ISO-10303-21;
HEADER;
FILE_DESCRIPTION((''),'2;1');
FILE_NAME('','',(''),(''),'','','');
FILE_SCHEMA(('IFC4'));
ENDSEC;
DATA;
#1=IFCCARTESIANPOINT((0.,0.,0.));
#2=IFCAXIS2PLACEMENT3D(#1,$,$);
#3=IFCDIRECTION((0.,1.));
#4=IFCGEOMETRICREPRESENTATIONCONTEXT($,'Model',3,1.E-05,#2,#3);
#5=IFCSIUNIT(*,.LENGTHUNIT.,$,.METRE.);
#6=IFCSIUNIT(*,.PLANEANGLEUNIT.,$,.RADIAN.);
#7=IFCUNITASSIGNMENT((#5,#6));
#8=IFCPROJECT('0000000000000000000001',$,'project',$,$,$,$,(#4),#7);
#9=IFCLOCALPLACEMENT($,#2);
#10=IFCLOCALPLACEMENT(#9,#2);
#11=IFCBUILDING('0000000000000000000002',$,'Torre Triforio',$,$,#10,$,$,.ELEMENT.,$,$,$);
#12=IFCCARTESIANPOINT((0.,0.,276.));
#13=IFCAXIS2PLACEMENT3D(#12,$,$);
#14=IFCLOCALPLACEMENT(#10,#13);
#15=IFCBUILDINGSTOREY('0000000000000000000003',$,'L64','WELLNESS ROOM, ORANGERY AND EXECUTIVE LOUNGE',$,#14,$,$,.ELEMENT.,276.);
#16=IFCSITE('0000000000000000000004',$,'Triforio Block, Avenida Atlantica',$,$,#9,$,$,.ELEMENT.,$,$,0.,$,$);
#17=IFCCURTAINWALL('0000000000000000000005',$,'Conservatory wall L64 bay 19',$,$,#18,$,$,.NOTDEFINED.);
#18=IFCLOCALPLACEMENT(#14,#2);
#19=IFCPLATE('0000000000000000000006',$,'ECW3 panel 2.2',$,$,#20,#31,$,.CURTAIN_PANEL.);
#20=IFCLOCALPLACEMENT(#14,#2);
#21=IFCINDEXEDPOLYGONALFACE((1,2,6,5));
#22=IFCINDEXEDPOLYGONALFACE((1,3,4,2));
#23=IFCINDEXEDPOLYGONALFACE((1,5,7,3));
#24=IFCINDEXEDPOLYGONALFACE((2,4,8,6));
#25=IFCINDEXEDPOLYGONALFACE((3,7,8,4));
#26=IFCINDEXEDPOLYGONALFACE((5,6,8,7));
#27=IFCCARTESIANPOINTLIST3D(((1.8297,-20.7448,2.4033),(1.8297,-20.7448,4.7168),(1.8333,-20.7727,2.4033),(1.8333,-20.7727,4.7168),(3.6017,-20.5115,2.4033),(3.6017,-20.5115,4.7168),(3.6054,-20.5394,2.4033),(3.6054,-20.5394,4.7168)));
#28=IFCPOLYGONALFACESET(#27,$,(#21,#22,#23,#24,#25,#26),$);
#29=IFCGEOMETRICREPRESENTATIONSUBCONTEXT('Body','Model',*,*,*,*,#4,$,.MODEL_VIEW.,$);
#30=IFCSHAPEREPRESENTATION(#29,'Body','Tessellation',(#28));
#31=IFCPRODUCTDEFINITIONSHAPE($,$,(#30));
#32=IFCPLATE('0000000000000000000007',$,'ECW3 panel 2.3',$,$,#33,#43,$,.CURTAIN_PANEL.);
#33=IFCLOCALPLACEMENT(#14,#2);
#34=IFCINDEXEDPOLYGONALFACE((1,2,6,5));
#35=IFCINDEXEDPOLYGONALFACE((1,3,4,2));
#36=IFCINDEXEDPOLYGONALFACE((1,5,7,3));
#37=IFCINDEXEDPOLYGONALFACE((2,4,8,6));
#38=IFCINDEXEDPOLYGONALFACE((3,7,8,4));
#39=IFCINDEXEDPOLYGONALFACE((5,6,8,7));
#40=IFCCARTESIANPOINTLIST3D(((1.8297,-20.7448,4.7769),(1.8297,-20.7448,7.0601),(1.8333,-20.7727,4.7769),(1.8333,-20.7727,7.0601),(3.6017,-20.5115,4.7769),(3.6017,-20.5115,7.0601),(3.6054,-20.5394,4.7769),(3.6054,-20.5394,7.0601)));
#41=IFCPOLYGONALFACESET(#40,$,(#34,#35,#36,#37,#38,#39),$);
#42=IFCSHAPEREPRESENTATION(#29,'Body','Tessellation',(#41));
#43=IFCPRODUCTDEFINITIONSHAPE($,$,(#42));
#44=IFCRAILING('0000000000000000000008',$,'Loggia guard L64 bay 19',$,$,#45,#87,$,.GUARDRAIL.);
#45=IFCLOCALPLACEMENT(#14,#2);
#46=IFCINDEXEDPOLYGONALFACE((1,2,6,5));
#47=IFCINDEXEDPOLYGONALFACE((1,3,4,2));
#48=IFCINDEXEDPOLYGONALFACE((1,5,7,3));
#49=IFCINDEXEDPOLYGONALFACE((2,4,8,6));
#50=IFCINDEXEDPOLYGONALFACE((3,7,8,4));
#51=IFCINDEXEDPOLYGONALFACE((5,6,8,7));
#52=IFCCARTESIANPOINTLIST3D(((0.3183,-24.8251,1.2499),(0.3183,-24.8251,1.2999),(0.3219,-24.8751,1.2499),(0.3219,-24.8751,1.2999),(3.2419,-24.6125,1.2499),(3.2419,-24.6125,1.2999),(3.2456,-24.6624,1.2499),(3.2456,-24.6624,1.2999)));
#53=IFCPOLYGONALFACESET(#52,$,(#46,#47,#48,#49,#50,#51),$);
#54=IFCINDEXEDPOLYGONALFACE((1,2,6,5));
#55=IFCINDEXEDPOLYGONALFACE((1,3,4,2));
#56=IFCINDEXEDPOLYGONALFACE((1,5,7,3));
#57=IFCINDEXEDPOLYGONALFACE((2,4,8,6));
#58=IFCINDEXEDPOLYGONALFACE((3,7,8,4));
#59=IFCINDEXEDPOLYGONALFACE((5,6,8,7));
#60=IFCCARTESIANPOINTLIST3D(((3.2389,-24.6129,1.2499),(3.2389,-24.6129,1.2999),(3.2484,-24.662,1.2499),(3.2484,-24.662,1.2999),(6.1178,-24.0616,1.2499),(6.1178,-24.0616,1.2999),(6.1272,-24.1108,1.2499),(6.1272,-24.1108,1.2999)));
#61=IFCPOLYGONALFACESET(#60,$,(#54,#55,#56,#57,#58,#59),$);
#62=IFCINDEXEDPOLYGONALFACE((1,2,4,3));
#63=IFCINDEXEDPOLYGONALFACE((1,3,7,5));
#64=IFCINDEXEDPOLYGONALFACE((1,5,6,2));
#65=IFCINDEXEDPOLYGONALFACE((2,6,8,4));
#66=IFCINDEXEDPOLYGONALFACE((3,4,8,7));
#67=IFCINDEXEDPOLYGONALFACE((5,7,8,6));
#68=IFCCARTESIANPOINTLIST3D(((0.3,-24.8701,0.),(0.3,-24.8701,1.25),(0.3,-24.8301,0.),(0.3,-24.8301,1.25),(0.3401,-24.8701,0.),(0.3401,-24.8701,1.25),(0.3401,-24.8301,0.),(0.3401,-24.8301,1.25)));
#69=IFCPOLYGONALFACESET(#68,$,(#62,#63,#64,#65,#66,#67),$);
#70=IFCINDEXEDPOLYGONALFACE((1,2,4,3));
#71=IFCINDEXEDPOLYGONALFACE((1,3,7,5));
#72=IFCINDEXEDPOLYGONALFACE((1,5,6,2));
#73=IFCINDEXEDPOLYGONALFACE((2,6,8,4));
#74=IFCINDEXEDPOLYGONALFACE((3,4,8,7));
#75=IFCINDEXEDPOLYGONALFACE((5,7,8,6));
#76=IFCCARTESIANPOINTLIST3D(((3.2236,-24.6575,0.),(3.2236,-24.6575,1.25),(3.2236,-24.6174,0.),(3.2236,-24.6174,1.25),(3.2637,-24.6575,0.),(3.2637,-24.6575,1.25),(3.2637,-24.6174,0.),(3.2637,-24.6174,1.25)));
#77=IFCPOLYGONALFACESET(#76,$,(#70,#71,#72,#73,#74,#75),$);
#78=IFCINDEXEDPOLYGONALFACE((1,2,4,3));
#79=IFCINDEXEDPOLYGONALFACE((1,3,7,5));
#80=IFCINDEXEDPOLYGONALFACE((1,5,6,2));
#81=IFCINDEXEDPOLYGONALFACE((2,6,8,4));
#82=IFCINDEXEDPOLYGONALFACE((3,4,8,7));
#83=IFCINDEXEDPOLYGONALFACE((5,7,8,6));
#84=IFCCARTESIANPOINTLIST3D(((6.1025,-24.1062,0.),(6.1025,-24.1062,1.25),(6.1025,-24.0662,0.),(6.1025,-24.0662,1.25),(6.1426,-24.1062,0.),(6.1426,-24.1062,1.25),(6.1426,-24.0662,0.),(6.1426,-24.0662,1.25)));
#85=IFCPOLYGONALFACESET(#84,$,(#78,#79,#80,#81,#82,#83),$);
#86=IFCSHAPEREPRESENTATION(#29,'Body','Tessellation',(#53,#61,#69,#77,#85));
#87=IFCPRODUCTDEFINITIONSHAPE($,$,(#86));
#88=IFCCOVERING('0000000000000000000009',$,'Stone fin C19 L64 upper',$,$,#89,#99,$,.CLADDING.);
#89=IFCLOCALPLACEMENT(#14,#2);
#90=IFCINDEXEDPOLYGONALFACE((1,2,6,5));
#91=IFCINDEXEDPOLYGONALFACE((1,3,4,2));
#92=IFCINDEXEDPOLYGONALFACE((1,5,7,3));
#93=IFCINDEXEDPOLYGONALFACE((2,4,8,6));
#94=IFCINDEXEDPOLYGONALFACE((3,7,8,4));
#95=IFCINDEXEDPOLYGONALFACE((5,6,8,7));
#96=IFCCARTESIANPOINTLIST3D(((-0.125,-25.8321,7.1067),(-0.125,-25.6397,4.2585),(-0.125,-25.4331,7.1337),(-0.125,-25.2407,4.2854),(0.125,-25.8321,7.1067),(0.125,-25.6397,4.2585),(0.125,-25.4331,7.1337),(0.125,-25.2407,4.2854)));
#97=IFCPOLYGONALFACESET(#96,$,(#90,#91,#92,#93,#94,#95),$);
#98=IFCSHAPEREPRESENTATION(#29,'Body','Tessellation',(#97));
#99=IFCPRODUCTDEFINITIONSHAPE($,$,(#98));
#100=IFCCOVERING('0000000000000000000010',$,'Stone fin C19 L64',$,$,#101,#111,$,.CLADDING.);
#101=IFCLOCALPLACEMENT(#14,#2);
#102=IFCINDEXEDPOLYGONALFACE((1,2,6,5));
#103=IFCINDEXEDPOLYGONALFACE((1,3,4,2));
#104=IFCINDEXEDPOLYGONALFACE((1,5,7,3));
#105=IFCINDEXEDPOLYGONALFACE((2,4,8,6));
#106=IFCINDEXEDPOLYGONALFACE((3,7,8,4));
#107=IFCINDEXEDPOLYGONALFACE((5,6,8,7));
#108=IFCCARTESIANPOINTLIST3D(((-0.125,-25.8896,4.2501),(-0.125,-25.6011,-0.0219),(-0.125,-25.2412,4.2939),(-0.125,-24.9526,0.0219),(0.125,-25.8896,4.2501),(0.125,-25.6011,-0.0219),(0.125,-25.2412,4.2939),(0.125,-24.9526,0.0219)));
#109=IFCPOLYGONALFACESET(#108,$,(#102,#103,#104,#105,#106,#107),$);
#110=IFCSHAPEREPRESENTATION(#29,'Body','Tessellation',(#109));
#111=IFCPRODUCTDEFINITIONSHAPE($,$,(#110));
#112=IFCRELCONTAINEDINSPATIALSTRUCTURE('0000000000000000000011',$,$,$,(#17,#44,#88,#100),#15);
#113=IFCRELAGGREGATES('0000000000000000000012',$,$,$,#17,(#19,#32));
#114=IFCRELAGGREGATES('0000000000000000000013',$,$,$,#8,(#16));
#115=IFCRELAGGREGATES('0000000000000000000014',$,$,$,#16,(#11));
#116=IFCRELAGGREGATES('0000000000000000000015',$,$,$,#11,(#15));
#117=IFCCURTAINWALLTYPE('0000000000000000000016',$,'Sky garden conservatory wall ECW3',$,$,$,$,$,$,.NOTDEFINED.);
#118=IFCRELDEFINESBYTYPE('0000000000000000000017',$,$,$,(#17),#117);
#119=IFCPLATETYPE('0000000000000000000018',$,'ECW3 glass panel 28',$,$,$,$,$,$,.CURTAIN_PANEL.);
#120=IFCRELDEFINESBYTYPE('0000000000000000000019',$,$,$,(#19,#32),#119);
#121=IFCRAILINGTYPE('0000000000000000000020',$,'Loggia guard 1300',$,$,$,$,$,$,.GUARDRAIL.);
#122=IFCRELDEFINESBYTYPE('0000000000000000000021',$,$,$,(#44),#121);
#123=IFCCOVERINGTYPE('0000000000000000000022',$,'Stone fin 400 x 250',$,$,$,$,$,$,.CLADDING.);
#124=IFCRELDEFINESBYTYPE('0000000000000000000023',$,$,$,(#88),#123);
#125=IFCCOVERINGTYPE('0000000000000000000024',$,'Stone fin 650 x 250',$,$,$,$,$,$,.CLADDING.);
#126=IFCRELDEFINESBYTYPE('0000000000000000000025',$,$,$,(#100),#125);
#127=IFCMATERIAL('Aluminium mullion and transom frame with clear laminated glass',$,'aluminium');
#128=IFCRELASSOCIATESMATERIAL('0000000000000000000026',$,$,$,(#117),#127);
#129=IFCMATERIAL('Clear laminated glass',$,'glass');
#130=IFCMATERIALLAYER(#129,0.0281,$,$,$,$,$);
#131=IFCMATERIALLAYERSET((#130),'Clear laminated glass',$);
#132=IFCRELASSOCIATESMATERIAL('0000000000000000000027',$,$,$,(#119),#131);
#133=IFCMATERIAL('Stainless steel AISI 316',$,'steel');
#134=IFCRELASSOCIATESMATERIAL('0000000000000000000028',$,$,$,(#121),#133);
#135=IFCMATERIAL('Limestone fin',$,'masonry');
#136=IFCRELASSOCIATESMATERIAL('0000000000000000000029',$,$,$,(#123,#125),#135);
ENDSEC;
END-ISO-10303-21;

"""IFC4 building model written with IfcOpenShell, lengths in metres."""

from ifc_helpers import new_model, si_unit, direction, frame, origin, origin_2d, place, context, subcontext, project, spatial, rectangle, extrude, material, layer, layer_set, material_profile, profile_set, type_object, element, aggregate, save


model = new_model("IFC4")

# Units and contexts
model_context = context("Model", 3, precision=1e-05, world=origin(), true_north=direction((0.0, 1.0)))
body_context = subcontext(model_context, "Body", "Model", "MODEL_VIEW")
ifc_project = project(units=[si_unit("LENGTHUNIT", "METRE"), si_unit("PLANEANGLEUNIT", "RADIAN")], contexts=[model_context])

# Site, building, storey
site_placement = place(None, origin())
site = spatial("IfcSite", under=ifc_project, at=site_placement, Name="Triforio Block, Avenida Atlantica", CompositionType="ELEMENT", RefElevation=0.0)
building_placement = place(site_placement, origin())
building = spatial("IfcBuilding", under=site, at=building_placement, Name="Torre Triforio", CompositionType="ELEMENT")
storey_placement = place(building_placement, frame((0.0, 0.0, 276.0)))
storey = spatial("IfcBuildingStorey", under=building, at=storey_placement, Name="L64", Description="WELLNESS ROOM, ORANGERY AND EXECUTIVE LOUNGE", CompositionType="ELEMENT", Elevation=276.0)

# Curtain wall, plates
ifc_material_1 = material(Name="Aluminium mullion and transom frame with clear laminated glass", Category="aluminium")
curtain_wall_type = type_object("IfcCurtainWallType", Name="Sky garden conservatory wall ECW3", PredefinedType="NOTDEFINED", material=ifc_material_1)
curtain_wall_placement = place(storey_placement, origin())
curtain_wall = element("IfcCurtainWall", 1, at=curtain_wall_placement, inside=storey, type_object=curtain_wall_type, Name="Conservatory wall L64 bay 19", PredefinedType="NOTDEFINED")
ifc_material_2 = material(Name="Clear laminated glass", Category="glass")
ifc_layer = layer(ifc_material_2, 0.0281)
ifc_layer_set = layer_set([ifc_layer], Name="Clear laminated glass")
plate_type = type_object("IfcPlateType", Name="ECW3 glass panel 28", PredefinedType="CURTAIN_PANEL", material=ifc_layer_set)
plate_1_placement = place(storey_placement, frame((2.7175, -20.6421, 2.4033), z_axis=(0.0, 0.0, 1.0), x_axis=(0.991444, 0.13053, 0.0)))
plate_1 = element("IfcPlate", 2, at=plate_1_placement, type_object=plate_type, Name="ECW3 panel 2.2", PredefinedType="CURTAIN_PANEL", context=body_context, shape_type="SweptSolid", body=[
    extrude(rectangle(XDim=1.7874, YDim=0.0281, at=origin_2d()), origin(), (0.0, 0.0, 1.0), 2.3135),
])
plate_2_placement = place(storey_placement, frame((2.7175, -20.6421, 4.7769), z_axis=(0.0, 0.0, 1.0), x_axis=(0.991444, 0.13053, 0.0)))
plate_2 = element("IfcPlate", 3, at=plate_2_placement, type_object=plate_type, Name="ECW3 panel 2.3", PredefinedType="CURTAIN_PANEL", context=body_context, shape_type="SweptSolid", body=[
    extrude(rectangle(XDim=1.7874, YDim=0.0281, at=origin_2d()), origin(), (0.0, 0.0, 1.0), 2.2832),
])
aggregate(curtain_wall, [plate_1, plate_2])

# Railing
ifc_material_3 = material(Name="Stainless steel AISI 316", Category="steel")
railing_type = type_object("IfcRailingType", Name="Loggia guard 1300", PredefinedType="GUARDRAIL", material=ifc_material_3)
railing_placement = place(storey_placement, frame((0.3201, -24.8501, 0.0)))
element("IfcRailing", 4, at=railing_placement, inside=storey, type_object=railing_type, Name="Loggia guard L64 bay 19", PredefinedType="GUARDRAIL", context=body_context, shape_type="SweptSolid", body=[
    extrude(rectangle(XDim=0.05, YDim=0.05, at=origin_2d()), frame((0.0, 0.0, 1.2749), z_axis=(0.997365, 0.072543, 0.0), x_axis=(-0.072543, 0.997365, 0.0)), (0.0, 0.0, 1.0), 2.9314),
    extrude(rectangle(XDim=0.05, YDim=0.05, at=origin_2d()), frame((2.9236, 0.2126, 1.2749), z_axis=(0.982156, 0.188069, 0.0), x_axis=(-0.188069, 0.982156, 0.0)), (0.0, 0.0, 1.0), 2.9312),
    extrude(rectangle(XDim=0.04, YDim=0.04, at=origin_2d()), origin(), (0.0, 0.0, 1.0), 1.25),
    extrude(rectangle(XDim=0.04, YDim=0.04, at=origin_2d()), frame((2.9236, 0.2126, 0.0)), (0.0, 0.0, 1.0), 1.25),
    extrude(rectangle(XDim=0.04, YDim=0.04, at=origin_2d()), frame((5.8025, 0.7639, 0.0)), (0.0, 0.0, 1.0), 1.25),
])

# Coverings
ifc_material_4 = material(Name="Limestone fin", Category="masonry")
ifc_material_profile_1 = material_profile(ifc_material_4, rectangle(XDim=0.3999, YDim=0.25, at=origin_2d()), Name="FIN 400x250")
ifc_profile_set_1 = profile_set([ifc_material_profile_1], Name="Limestone fin")
covering_type_1 = type_object("IfcCoveringType", Name="Stone fin 400 x 250", PredefinedType="CLADDING", material=ifc_profile_set_1)
covering_1_placement = place(storey_placement, frame((0.0, -25.4402, 4.272), z_axis=(0.0, -0.067393, 0.997726), x_axis=(0.0, 0.997726, 0.067393)))
element("IfcCovering", 5, at=covering_1_placement, inside=storey, type_object=covering_type_1, Name="Stone fin C19 L64 upper", PredefinedType="CLADDING", context=body_context, shape_type="SweptSolid", body=[
    extrude(rectangle(XDim=0.3999, YDim=0.25, at=origin_2d()), origin(), (0.0, 0.0, 1.0), 2.8547),
])
ifc_material_profile_2 = material_profile(ifc_material_4, rectangle(XDim=0.6499, YDim=0.25, at=origin_2d()), Name="FIN 650x250")
ifc_profile_set_2 = profile_set([ifc_material_profile_2], Name="Limestone fin")
covering_type_2 = type_object("IfcCoveringType", Name="Stone fin 650 x 250", PredefinedType="CLADDING", material=ifc_profile_set_2)
covering_2_placement = place(storey_placement, frame((0.0, -25.2769, 0.0), z_axis=(0.0, -0.067397, 0.997726), x_axis=(0.0, 0.997726, 0.067397)))
element("IfcCovering", 6, at=covering_2_placement, inside=storey, type_object=covering_type_2, Name="Stone fin C19 L64", PredefinedType="CLADDING", context=body_context, shape_type="SweptSolid", body=[
    extrude(rectangle(XDim=0.6499, YDim=0.25, at=origin_2d()), origin(), (0.0, 0.0, 1.0), 4.2817),
])

save(model, "model.ifc")
